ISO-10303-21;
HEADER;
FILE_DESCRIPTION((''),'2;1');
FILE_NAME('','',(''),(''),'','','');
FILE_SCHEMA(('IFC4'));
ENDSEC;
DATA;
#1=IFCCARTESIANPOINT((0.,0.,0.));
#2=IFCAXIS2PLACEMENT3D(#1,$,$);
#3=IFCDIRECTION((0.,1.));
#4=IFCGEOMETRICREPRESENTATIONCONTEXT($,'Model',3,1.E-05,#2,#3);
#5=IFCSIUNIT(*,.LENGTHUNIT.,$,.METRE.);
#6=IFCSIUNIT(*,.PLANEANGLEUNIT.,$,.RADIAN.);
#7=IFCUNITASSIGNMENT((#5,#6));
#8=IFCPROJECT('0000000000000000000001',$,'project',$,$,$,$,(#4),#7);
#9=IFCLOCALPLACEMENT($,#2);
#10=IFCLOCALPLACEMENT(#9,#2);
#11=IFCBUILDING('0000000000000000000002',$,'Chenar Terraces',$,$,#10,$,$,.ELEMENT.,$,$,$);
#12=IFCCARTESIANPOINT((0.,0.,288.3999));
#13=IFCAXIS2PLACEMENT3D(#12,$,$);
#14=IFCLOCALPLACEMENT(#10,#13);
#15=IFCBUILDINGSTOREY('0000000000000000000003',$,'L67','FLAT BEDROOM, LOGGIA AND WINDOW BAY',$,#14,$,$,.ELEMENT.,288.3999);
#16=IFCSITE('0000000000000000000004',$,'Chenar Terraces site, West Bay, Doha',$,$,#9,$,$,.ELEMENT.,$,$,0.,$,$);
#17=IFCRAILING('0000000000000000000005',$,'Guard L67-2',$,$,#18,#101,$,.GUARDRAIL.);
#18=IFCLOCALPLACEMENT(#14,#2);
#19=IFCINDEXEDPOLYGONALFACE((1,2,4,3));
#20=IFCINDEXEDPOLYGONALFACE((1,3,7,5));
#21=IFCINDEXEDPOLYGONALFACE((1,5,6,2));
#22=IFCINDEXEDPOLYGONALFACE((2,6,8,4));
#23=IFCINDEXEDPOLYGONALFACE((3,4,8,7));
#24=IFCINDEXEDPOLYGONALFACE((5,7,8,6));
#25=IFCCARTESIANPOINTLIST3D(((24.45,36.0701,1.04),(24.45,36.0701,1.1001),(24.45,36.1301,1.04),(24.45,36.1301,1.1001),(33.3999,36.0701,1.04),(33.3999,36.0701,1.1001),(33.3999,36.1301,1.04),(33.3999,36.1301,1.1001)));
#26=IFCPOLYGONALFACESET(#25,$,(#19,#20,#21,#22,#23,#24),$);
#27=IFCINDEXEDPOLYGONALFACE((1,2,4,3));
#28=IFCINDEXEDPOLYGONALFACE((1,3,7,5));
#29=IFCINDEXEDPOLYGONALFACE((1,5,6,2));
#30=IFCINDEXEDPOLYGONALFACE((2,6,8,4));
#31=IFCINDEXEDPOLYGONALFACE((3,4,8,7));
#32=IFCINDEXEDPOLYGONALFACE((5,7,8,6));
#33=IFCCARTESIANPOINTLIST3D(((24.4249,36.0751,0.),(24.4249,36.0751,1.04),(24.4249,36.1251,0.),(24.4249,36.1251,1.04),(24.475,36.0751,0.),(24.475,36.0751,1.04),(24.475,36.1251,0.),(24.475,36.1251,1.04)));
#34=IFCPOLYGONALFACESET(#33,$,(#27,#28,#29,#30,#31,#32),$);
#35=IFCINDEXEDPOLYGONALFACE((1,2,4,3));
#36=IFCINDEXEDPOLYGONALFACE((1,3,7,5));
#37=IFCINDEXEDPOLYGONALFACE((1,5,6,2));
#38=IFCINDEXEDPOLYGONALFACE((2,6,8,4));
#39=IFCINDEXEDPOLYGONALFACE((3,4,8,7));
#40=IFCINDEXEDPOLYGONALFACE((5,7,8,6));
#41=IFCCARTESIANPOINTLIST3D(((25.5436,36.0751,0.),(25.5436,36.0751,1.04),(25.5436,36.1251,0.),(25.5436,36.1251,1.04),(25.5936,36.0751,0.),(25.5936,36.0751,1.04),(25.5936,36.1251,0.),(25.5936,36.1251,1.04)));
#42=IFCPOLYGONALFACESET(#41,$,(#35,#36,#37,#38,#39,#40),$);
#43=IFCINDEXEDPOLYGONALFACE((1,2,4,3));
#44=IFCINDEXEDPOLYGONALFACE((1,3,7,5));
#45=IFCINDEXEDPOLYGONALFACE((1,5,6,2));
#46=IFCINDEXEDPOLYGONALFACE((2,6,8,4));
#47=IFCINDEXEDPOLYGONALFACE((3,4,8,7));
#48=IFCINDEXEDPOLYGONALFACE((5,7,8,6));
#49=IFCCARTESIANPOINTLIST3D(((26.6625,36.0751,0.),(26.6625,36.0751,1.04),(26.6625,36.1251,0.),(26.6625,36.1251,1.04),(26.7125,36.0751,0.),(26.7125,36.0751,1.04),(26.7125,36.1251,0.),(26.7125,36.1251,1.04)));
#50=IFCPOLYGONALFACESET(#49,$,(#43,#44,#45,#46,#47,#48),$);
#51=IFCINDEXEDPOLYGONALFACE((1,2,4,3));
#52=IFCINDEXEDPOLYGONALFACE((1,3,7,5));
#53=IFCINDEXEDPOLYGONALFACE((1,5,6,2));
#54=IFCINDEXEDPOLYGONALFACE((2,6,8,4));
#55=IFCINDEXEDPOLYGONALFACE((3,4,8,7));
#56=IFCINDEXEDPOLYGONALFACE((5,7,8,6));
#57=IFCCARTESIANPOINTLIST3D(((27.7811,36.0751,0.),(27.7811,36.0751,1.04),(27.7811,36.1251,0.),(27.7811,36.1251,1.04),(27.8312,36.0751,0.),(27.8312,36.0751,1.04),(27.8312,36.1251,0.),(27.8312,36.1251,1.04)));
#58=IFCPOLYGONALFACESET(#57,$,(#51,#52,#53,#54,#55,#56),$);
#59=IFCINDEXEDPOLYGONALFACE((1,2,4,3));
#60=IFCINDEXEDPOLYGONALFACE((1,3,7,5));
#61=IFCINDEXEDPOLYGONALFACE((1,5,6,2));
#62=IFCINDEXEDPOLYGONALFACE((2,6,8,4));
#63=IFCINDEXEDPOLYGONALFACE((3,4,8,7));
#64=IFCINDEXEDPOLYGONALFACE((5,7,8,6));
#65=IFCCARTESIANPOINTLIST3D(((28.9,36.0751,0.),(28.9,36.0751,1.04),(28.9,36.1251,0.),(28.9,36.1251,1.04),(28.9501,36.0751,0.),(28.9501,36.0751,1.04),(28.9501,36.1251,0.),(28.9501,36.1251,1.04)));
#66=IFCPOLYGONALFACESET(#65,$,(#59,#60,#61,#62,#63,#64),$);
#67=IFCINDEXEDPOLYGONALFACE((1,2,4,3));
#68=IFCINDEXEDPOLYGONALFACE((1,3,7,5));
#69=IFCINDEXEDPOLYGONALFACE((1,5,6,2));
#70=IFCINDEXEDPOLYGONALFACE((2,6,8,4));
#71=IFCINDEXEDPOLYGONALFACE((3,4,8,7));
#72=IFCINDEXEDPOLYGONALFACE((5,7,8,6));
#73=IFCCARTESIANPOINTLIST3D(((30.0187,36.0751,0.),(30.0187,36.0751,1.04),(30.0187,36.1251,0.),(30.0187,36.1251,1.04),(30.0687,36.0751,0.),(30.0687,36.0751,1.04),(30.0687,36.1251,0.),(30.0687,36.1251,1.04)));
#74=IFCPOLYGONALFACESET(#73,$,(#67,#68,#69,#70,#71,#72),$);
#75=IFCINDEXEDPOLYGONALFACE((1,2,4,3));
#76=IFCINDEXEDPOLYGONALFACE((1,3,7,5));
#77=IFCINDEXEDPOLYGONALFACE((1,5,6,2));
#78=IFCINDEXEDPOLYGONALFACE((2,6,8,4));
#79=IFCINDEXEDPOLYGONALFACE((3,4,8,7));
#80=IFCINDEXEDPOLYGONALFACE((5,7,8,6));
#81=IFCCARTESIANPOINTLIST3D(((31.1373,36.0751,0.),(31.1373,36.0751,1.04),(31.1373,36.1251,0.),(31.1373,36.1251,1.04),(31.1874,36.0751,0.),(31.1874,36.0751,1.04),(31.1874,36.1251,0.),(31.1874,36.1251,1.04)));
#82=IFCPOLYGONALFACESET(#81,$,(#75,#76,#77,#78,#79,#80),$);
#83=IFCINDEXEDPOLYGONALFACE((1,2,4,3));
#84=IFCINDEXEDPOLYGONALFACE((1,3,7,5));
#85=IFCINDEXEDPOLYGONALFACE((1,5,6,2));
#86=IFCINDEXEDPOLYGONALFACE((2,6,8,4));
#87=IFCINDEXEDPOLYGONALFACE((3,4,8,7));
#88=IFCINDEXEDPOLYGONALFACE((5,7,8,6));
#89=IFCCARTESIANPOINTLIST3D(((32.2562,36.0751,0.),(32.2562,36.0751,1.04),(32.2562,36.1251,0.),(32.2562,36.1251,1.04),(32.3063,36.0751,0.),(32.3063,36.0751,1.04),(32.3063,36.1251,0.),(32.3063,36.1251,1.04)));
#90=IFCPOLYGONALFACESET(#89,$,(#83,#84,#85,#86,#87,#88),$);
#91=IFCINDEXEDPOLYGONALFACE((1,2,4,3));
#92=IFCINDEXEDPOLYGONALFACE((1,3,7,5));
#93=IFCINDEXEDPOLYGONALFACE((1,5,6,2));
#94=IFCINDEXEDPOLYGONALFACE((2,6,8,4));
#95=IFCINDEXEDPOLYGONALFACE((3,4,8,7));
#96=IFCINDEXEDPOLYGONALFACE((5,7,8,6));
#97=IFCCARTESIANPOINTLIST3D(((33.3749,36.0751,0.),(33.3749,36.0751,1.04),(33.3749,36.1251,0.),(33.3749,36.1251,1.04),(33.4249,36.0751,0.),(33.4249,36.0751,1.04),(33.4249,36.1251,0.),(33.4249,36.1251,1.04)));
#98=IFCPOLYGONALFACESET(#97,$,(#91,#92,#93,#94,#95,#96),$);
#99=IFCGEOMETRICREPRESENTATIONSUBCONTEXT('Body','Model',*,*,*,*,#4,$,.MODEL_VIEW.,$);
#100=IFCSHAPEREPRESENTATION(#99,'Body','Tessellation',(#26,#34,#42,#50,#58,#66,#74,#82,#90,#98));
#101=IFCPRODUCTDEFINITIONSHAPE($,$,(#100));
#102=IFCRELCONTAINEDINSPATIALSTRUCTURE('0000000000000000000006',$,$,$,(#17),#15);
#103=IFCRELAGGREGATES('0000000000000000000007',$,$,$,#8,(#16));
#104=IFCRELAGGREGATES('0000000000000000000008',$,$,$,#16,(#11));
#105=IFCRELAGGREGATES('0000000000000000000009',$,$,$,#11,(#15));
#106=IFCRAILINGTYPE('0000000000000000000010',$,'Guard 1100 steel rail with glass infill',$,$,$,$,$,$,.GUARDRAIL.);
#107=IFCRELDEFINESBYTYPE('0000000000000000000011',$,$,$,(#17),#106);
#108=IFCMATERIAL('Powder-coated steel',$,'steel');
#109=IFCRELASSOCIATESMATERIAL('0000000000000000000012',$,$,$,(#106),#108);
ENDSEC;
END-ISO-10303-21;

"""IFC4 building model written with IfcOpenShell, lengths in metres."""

from ifc_helpers import new_model, si_unit, direction, frame, origin, origin_2d, place, context, subcontext, project, spatial, rectangle, extrude, material, type_object, element, save


model = new_model("IFC4")

# Units and contexts
model_context = context("Model", 3, precision=1e-05, world=origin(), true_north=direction((0.0, 1.0)))
body_context = subcontext(model_context, "Body", "Model", "MODEL_VIEW")
ifc_project = project(units=[si_unit("LENGTHUNIT", "METRE"), si_unit("PLANEANGLEUNIT", "RADIAN")], contexts=[model_context])

# Site, building, storey
site_placement = place(None, origin())
site = spatial("IfcSite", under=ifc_project, at=site_placement, Name="Chenar Terraces site, West Bay, Doha", CompositionType="ELEMENT", RefElevation=0.0)
building_placement = place(site_placement, origin())
building = spatial("IfcBuilding", under=site, at=building_placement, Name="Chenar Terraces", CompositionType="ELEMENT")
storey_placement = place(building_placement, frame((0.0, 0.0, 288.3999)))
storey = spatial("IfcBuildingStorey", under=building, at=storey_placement, Name="L67", Description="FLAT BEDROOM, LOGGIA AND WINDOW BAY", CompositionType="ELEMENT", Elevation=288.3999)

# Railing
ifc_material_1 = material(Name="Powder-coated steel", Category="steel")
railing_type = type_object("IfcRailingType", Name="Guard 1100 steel rail with glass infill", PredefinedType="GUARDRAIL", material=ifc_material_1)
railing_1_placement = place(storey_placement, frame((24.45, 36.1001, 0.0)))
element("IfcRailing", 1, at=railing_1_placement, inside=storey, type_object=railing_type, Name="Guard L67-2", PredefinedType="GUARDRAIL", context=body_context, shape_type="SweptSolid", body=[
    extrude(rectangle(XDim=0.0601, YDim=0.0601, at=origin_2d()), frame((0.0, 0.0, 1.0701), z_axis=(1.0, 0.0, 0.0), x_axis=(0.0, 1.0, 0.0)), (0.0, 0.0, 1.0), 8.95),
    extrude(rectangle(XDim=0.05, YDim=0.05, at=origin_2d()), origin(), (0.0, 0.0, 1.0), 1.04),
    extrude(rectangle(XDim=0.05, YDim=0.05, at=origin_2d()), frame((1.1187, 0.0, 0.0)), (0.0, 0.0, 1.0), 1.04),
    extrude(rectangle(XDim=0.05, YDim=0.05, at=origin_2d()), frame((2.2375, 0.0, 0.0)), (0.0, 0.0, 1.0), 1.04),
    extrude(rectangle(XDim=0.05, YDim=0.05, at=origin_2d()), frame((3.3562, 0.0, 0.0)), (0.0, 0.0, 1.0), 1.04),
    extrude(rectangle(XDim=0.05, YDim=0.05, at=origin_2d()), frame((4.4751, 0.0, 0.0)), (0.0, 0.0, 1.0), 1.04),
    extrude(rectangle(XDim=0.05, YDim=0.05, at=origin_2d()), frame((5.5938, 0.0, 0.0)), (0.0, 0.0, 1.0), 1.04),
    extrude(rectangle(XDim=0.05, YDim=0.05, at=origin_2d()), frame((6.7124, 0.0, 0.0)), (0.0, 0.0, 1.0), 1.04),
    extrude(rectangle(XDim=0.05, YDim=0.05, at=origin_2d()), frame((7.8313, 0.0, 0.0)), (0.0, 0.0, 1.0), 1.04),
    extrude(rectangle(XDim=0.05, YDim=0.05, at=origin_2d()), frame((8.95, 0.0, 0.0)), (0.0, 0.0, 1.0), 1.04),
])

save(model, "model.ifc")
